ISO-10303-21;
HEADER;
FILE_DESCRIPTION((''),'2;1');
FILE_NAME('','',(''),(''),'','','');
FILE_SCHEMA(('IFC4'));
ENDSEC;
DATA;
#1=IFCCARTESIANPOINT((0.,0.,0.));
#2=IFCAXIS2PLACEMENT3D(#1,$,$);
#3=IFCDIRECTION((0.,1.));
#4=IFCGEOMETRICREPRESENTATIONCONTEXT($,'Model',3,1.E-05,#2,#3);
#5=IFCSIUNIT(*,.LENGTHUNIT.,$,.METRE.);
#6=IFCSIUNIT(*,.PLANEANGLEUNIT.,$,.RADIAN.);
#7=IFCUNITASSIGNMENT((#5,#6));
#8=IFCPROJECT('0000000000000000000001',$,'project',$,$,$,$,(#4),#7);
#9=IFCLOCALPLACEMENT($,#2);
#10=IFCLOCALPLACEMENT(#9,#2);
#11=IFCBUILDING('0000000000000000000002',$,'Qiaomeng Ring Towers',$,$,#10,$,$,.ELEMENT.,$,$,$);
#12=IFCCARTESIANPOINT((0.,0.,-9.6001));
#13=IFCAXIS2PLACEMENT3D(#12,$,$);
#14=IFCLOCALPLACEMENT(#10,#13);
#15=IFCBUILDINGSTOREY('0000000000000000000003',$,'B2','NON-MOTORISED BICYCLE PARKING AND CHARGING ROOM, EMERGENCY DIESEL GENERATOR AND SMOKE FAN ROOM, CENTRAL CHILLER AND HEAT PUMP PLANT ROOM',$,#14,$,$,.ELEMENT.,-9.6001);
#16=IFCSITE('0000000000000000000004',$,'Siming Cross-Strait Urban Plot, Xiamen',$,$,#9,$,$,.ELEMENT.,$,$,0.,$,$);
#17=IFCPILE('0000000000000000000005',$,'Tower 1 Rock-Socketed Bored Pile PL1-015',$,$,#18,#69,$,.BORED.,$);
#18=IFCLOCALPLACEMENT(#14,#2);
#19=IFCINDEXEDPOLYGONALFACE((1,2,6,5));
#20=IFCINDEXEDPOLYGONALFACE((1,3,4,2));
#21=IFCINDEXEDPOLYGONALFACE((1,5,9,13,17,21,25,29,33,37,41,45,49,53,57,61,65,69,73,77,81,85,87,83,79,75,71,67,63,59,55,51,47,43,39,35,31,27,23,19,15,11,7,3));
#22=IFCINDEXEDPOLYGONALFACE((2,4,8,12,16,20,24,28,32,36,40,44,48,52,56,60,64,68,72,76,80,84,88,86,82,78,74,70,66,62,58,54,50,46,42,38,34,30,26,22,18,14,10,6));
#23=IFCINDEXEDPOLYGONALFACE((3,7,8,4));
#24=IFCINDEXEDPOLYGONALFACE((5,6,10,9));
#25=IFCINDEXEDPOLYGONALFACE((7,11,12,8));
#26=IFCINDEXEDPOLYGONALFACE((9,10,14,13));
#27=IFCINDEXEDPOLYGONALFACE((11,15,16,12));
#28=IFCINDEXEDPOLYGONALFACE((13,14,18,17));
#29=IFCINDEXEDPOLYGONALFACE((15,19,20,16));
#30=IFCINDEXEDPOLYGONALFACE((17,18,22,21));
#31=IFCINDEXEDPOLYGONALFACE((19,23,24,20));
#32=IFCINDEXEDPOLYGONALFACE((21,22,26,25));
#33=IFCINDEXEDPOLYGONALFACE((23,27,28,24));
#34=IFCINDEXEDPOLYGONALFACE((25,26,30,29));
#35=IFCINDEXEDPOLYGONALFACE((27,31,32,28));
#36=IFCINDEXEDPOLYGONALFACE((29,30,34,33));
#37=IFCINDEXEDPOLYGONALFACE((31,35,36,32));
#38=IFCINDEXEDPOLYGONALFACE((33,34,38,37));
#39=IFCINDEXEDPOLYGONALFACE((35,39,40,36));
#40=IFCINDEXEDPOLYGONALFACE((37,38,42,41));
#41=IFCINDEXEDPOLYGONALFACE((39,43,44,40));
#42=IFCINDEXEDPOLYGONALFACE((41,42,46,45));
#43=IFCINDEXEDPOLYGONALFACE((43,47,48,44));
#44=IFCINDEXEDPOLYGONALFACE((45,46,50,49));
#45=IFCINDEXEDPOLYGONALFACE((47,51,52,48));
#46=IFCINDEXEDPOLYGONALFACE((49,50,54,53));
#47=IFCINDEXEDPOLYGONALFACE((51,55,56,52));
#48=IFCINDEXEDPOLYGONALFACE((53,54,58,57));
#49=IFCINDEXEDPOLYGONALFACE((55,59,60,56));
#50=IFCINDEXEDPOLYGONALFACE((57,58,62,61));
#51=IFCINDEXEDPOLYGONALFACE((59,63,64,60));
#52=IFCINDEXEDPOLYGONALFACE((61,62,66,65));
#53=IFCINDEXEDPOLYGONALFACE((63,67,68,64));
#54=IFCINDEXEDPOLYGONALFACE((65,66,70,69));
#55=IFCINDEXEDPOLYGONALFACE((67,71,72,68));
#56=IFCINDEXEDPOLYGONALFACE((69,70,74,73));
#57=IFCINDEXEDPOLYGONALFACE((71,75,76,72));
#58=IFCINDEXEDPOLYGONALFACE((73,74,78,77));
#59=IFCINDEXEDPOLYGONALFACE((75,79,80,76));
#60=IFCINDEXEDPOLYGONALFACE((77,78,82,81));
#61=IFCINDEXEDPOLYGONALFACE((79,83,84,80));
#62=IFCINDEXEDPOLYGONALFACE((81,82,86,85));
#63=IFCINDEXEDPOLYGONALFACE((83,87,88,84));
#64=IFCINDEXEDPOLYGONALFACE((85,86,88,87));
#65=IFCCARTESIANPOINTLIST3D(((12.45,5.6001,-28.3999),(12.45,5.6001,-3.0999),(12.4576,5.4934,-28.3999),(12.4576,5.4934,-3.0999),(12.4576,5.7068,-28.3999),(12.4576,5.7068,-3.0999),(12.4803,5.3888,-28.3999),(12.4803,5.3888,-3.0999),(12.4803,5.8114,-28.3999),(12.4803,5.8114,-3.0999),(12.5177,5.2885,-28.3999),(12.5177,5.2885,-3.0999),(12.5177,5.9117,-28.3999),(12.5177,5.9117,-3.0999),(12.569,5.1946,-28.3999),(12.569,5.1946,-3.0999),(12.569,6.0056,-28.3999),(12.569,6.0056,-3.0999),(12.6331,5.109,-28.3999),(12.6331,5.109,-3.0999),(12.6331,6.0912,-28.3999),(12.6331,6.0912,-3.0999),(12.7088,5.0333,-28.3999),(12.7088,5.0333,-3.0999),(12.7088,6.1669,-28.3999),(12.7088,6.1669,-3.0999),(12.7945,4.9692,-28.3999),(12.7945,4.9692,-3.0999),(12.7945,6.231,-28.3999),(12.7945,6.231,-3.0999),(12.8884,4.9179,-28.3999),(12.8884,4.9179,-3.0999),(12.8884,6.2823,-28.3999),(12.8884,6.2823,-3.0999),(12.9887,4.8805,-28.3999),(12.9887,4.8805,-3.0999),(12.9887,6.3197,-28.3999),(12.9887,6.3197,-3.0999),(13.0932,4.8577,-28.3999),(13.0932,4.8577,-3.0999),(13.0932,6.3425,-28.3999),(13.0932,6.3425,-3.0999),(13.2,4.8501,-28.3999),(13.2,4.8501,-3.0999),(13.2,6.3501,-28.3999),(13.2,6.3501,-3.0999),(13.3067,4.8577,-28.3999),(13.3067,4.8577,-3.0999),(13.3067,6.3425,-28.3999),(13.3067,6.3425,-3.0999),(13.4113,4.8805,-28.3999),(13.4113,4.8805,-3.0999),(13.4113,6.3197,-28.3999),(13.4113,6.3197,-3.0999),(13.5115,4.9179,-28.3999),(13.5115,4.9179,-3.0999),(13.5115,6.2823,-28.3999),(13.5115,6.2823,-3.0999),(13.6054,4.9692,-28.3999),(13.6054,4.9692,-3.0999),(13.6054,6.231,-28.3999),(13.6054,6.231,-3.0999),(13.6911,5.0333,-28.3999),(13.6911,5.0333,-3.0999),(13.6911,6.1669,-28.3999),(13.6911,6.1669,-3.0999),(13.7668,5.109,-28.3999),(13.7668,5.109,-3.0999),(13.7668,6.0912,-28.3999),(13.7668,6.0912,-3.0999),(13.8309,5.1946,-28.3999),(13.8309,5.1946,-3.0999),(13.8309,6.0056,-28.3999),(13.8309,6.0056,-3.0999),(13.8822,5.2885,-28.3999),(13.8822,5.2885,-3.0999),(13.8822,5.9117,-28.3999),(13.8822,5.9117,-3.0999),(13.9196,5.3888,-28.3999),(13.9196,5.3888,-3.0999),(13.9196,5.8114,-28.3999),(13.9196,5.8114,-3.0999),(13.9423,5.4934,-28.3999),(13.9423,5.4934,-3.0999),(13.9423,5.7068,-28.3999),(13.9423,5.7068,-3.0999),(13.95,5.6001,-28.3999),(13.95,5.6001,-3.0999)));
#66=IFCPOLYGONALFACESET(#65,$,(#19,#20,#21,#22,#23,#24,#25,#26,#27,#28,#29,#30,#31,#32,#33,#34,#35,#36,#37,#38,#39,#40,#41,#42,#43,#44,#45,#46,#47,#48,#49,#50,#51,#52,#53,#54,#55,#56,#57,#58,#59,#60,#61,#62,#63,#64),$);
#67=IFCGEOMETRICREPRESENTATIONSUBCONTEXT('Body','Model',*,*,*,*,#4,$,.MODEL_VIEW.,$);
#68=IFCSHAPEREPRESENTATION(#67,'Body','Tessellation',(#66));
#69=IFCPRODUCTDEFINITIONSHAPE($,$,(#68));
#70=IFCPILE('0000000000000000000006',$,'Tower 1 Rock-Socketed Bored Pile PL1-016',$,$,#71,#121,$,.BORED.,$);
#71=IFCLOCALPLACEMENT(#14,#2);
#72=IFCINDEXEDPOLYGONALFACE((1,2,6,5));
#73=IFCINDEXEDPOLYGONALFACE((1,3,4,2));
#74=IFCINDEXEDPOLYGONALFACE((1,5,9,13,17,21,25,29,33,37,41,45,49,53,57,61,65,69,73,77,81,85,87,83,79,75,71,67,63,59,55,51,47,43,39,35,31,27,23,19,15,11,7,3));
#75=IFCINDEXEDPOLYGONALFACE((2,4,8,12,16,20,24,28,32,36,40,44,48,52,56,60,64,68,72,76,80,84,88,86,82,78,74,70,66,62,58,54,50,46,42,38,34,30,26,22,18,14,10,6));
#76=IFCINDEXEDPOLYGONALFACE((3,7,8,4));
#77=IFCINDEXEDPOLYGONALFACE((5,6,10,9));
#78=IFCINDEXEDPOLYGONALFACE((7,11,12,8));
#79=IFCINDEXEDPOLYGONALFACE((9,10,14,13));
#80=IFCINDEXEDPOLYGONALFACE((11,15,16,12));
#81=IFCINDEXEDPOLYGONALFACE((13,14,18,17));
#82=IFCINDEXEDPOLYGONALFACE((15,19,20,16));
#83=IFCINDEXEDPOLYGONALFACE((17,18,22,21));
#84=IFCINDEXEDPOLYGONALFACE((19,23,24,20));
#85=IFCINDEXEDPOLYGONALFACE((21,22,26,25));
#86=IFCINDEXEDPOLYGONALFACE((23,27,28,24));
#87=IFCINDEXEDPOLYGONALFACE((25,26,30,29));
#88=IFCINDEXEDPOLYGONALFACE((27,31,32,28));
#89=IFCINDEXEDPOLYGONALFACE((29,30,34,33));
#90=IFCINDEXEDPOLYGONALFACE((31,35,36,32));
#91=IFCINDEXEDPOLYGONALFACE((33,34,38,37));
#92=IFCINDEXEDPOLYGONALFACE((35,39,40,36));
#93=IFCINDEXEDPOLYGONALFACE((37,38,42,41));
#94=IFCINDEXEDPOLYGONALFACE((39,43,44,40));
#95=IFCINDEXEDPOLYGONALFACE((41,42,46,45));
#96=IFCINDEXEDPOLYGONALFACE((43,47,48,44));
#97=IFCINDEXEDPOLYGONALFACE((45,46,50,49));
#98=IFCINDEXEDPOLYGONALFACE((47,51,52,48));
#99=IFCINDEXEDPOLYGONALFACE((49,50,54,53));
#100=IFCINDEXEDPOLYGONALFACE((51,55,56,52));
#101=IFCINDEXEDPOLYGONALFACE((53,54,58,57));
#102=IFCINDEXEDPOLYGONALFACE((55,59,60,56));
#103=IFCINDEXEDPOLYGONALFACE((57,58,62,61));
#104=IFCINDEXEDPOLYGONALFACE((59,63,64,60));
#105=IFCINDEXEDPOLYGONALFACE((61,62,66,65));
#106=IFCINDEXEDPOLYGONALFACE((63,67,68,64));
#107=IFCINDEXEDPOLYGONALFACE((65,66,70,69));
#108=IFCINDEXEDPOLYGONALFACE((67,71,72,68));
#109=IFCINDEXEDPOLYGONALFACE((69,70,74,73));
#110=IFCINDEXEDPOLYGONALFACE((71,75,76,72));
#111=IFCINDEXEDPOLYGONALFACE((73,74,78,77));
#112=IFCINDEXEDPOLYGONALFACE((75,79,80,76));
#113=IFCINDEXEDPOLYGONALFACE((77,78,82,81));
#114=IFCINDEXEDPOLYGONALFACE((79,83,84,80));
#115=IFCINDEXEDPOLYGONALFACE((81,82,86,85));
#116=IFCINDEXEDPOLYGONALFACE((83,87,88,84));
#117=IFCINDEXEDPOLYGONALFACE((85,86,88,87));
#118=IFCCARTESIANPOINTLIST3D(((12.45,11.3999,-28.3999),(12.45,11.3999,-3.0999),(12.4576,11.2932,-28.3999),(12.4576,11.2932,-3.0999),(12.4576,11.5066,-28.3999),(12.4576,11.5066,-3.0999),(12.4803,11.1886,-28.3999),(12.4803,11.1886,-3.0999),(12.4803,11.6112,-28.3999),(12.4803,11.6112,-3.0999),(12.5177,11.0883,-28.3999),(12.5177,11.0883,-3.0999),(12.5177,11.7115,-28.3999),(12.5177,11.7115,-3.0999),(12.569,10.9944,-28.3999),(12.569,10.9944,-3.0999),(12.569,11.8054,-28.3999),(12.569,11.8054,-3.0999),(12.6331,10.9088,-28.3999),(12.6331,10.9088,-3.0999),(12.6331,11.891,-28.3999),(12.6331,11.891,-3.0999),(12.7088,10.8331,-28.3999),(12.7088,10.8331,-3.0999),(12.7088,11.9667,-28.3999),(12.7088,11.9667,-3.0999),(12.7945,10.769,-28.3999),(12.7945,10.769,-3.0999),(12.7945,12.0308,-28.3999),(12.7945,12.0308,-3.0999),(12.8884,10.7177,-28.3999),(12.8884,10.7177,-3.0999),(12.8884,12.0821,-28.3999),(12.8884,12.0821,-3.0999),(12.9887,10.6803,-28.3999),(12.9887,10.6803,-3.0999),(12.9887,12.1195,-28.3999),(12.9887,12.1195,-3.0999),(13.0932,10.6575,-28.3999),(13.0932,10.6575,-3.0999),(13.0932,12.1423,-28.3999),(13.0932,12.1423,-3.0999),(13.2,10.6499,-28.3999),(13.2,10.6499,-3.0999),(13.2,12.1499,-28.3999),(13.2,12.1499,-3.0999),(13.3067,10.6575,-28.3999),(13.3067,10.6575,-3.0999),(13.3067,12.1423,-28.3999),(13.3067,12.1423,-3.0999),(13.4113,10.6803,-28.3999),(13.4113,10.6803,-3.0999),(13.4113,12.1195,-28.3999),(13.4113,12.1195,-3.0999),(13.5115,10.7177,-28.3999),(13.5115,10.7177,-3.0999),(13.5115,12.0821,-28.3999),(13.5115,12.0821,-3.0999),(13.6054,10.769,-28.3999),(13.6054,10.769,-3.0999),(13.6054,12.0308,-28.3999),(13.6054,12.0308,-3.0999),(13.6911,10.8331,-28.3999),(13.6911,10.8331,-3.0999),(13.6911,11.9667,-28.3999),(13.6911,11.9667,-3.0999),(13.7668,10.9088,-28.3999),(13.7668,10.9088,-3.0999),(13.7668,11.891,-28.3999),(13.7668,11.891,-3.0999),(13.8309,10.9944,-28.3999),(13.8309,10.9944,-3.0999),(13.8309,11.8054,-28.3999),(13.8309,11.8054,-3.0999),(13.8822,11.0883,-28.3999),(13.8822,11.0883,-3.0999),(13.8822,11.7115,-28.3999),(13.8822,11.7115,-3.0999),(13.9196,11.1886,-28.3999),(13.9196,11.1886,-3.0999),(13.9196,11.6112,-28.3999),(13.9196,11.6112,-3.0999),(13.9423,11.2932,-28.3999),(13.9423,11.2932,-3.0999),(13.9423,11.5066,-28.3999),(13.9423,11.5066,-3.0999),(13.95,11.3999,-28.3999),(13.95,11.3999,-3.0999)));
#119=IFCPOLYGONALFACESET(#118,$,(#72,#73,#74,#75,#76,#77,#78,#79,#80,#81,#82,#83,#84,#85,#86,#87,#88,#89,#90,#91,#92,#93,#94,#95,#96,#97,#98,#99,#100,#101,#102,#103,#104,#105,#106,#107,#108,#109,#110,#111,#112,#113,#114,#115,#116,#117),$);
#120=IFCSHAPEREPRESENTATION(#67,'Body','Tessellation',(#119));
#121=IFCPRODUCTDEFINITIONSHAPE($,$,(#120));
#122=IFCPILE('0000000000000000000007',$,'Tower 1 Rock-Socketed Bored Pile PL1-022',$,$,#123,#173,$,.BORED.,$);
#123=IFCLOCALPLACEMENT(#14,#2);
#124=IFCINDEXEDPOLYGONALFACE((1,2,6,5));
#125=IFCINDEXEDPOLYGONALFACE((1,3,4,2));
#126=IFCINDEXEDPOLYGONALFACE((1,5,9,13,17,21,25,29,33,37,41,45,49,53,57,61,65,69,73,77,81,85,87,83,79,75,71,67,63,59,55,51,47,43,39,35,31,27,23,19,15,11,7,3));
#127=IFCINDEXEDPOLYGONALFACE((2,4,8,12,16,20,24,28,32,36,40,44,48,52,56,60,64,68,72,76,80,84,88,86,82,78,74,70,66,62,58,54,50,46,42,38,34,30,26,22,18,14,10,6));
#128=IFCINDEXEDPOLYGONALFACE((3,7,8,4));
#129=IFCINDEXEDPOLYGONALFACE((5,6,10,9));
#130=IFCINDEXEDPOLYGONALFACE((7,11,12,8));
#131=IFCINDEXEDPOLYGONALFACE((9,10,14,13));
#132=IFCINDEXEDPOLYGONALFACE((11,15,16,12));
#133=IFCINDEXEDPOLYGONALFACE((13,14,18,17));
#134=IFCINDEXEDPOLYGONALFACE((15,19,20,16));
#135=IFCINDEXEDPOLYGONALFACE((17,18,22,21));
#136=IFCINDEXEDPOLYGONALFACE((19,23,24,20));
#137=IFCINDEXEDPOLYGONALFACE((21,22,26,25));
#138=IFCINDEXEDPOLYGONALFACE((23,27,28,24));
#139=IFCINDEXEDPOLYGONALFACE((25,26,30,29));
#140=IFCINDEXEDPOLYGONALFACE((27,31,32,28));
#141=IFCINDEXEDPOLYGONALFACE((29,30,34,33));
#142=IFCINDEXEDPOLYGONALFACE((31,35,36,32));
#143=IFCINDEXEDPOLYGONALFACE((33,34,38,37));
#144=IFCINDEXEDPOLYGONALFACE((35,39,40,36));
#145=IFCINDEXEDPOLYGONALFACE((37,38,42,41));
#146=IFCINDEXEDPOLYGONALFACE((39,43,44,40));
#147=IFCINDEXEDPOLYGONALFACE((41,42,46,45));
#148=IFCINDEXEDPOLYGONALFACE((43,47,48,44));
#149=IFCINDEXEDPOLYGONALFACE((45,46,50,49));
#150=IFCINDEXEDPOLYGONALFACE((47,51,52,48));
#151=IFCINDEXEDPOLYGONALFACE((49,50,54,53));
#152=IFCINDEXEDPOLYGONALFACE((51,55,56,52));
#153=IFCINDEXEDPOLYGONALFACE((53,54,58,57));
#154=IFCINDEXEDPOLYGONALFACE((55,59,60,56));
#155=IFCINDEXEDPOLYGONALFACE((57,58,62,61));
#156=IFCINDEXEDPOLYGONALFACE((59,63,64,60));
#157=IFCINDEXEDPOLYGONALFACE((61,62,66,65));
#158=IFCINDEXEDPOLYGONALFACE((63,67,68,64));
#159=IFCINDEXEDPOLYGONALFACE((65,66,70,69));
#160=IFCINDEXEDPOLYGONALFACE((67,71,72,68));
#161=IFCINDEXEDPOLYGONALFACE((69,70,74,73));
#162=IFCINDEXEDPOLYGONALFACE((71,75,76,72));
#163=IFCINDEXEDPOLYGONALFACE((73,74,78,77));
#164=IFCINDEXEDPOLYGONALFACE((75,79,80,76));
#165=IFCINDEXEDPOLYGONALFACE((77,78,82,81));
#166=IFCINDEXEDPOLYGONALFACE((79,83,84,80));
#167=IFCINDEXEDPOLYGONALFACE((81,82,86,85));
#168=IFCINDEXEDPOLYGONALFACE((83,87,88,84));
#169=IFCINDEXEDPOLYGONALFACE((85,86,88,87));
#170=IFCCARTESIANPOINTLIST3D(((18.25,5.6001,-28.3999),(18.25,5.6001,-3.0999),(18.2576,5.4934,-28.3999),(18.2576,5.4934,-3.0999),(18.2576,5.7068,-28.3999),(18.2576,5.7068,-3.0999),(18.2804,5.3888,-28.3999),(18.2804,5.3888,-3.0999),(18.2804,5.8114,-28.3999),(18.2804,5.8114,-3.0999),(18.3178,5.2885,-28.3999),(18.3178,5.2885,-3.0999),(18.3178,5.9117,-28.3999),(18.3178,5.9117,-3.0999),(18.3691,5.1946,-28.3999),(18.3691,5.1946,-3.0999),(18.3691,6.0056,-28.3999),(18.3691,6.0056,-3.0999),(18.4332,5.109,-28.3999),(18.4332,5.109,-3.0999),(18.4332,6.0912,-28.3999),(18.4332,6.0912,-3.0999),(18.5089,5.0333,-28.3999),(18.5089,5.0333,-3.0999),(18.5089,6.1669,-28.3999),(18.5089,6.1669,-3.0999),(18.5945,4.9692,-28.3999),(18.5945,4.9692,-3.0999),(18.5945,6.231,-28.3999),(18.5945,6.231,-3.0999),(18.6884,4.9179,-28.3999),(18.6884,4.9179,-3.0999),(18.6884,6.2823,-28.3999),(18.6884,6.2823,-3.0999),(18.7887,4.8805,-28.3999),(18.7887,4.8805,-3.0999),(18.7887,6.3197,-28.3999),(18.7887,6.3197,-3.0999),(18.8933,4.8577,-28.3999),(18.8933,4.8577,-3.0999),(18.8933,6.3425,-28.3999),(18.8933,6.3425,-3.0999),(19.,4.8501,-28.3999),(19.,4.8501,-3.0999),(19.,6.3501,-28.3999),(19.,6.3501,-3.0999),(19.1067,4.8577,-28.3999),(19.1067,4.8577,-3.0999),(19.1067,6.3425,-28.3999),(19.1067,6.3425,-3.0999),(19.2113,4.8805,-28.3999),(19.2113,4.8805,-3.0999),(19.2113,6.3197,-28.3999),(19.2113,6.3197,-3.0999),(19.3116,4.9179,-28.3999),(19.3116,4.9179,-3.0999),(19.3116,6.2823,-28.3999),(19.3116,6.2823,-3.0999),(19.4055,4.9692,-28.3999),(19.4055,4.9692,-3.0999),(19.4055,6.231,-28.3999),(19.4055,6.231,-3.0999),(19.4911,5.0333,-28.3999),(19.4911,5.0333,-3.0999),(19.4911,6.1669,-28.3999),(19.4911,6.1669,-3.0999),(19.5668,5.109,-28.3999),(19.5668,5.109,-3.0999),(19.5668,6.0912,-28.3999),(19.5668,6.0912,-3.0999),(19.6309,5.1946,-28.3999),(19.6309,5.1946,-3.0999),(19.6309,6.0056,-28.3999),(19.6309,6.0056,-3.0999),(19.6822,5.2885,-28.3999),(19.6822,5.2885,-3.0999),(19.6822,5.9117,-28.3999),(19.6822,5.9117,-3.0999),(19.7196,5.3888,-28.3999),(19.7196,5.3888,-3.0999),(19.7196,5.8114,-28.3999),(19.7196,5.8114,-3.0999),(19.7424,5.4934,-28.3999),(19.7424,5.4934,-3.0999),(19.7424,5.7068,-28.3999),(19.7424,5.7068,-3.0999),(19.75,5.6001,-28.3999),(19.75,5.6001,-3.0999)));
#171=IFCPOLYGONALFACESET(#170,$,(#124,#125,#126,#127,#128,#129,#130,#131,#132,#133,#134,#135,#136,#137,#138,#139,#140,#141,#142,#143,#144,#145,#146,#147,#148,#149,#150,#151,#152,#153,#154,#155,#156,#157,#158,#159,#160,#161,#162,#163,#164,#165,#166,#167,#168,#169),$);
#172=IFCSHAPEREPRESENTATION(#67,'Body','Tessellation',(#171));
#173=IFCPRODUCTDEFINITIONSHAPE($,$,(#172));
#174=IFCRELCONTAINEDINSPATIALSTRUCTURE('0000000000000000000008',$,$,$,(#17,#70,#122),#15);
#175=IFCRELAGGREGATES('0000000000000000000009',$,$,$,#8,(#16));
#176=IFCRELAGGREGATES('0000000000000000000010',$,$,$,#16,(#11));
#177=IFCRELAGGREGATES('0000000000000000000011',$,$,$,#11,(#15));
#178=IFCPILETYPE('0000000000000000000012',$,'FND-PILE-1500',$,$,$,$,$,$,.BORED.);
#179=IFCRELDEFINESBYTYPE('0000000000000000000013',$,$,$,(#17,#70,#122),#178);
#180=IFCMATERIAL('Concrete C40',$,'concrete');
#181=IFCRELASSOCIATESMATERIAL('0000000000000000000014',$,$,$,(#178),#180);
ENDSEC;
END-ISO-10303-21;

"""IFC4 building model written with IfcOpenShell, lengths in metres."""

from ifc_helpers import new_model, si_unit, direction, frame, origin, origin_2d, place, context, subcontext, project, spatial, circle, extrude, source, transform, mapped, material, material_profile, profile_set, type_object, element, save


model = new_model("IFC4")

# Units and contexts
model_context = context("Model", 3, precision=1e-05, world=origin(), true_north=direction((0.0, 1.0)))
body_context = subcontext(model_context, "Body", "Model", "MODEL_VIEW")
ifc_project = project(units=[si_unit("LENGTHUNIT", "METRE"), si_unit("PLANEANGLEUNIT", "RADIAN")], contexts=[model_context])

# Site, building, storey
site_placement = place(None, origin())
site = spatial("IfcSite", under=ifc_project, at=site_placement, Name="Siming Cross-Strait Urban Plot, Xiamen", CompositionType="ELEMENT", RefElevation=0.0)
building_placement = place(site_placement, origin())
building = spatial("IfcBuilding", under=site, at=building_placement, Name="Qiaomeng Ring Towers", CompositionType="ELEMENT")
storey_placement = place(building_placement, frame((0.0, 0.0, -9.6001)))
storey = spatial("IfcBuildingStorey", under=building, at=storey_placement, Name="B2", Description="NON-MOTORISED BICYCLE PARKING AND CHARGING ROOM, EMERGENCY DIESEL GENERATOR AND SMOKE FAN ROOM, CENTRAL CHILLER AND HEAT PUMP PLANT ROOM", CompositionType="ELEMENT", Elevation=-9.6001)

# Piles
ifc_material_1 = material(Name="Concrete C40", Category="concrete")
ifc_material_profile_1 = material_profile(ifc_material_1, circle(Radius=0.75, at=origin_2d()), Name="BORED PILE 1500")
ifc_profile_set_1 = profile_set([ifc_material_profile_1], Name="Concrete C40")
pile_type = type_object("IfcPileType", Name="FND-PILE-1500", PredefinedType="BORED", material=ifc_profile_set_1)
shared_shape_1 = source(origin(), body_context, "Body", "SweptSolid", [
    extrude(circle(Radius=0.75, at=origin_2d()), origin(), (0.0, 0.0, 1.0), 25.3),
])
for number, where, z_axis, x_axis, name in (
    (1, (13.2, 5.6001, -3.0999), (0.0, 0.0, -1.0), (1.0, 0.0, 0.0), "Tower 1 Rock-Socketed Bored Pile PL1-015"),
    (2, (13.2, 11.3999, -3.0999), (0.0, 0.0, -1.0), (1.0, 0.0, 0.0), "Tower 1 Rock-Socketed Bored Pile PL1-016"),
    (3, (19.0, 5.6001, -3.0999), (0.0, 0.0, -1.0), (1.0, 0.0, 0.0), "Tower 1 Rock-Socketed Bored Pile PL1-022"),
):
    element("IfcPile", number, at=place(storey_placement, frame(where, z_axis=z_axis, x_axis=x_axis)), inside=storey, type_object=pile_type, Name=name, PredefinedType="BORED", context=body_context, shape_type="MappedRepresentation", body=[
        mapped(shared_shape_1, transform((0.0, 0.0, 0.0), x_axis=(1.0, 0.0, 0.0), y_axis=(0.0, 1.0, 0.0), z_axis=(0.0, 0.0, 1.0), scale=1.0)),
    ])

save(model, "model.ifc")
